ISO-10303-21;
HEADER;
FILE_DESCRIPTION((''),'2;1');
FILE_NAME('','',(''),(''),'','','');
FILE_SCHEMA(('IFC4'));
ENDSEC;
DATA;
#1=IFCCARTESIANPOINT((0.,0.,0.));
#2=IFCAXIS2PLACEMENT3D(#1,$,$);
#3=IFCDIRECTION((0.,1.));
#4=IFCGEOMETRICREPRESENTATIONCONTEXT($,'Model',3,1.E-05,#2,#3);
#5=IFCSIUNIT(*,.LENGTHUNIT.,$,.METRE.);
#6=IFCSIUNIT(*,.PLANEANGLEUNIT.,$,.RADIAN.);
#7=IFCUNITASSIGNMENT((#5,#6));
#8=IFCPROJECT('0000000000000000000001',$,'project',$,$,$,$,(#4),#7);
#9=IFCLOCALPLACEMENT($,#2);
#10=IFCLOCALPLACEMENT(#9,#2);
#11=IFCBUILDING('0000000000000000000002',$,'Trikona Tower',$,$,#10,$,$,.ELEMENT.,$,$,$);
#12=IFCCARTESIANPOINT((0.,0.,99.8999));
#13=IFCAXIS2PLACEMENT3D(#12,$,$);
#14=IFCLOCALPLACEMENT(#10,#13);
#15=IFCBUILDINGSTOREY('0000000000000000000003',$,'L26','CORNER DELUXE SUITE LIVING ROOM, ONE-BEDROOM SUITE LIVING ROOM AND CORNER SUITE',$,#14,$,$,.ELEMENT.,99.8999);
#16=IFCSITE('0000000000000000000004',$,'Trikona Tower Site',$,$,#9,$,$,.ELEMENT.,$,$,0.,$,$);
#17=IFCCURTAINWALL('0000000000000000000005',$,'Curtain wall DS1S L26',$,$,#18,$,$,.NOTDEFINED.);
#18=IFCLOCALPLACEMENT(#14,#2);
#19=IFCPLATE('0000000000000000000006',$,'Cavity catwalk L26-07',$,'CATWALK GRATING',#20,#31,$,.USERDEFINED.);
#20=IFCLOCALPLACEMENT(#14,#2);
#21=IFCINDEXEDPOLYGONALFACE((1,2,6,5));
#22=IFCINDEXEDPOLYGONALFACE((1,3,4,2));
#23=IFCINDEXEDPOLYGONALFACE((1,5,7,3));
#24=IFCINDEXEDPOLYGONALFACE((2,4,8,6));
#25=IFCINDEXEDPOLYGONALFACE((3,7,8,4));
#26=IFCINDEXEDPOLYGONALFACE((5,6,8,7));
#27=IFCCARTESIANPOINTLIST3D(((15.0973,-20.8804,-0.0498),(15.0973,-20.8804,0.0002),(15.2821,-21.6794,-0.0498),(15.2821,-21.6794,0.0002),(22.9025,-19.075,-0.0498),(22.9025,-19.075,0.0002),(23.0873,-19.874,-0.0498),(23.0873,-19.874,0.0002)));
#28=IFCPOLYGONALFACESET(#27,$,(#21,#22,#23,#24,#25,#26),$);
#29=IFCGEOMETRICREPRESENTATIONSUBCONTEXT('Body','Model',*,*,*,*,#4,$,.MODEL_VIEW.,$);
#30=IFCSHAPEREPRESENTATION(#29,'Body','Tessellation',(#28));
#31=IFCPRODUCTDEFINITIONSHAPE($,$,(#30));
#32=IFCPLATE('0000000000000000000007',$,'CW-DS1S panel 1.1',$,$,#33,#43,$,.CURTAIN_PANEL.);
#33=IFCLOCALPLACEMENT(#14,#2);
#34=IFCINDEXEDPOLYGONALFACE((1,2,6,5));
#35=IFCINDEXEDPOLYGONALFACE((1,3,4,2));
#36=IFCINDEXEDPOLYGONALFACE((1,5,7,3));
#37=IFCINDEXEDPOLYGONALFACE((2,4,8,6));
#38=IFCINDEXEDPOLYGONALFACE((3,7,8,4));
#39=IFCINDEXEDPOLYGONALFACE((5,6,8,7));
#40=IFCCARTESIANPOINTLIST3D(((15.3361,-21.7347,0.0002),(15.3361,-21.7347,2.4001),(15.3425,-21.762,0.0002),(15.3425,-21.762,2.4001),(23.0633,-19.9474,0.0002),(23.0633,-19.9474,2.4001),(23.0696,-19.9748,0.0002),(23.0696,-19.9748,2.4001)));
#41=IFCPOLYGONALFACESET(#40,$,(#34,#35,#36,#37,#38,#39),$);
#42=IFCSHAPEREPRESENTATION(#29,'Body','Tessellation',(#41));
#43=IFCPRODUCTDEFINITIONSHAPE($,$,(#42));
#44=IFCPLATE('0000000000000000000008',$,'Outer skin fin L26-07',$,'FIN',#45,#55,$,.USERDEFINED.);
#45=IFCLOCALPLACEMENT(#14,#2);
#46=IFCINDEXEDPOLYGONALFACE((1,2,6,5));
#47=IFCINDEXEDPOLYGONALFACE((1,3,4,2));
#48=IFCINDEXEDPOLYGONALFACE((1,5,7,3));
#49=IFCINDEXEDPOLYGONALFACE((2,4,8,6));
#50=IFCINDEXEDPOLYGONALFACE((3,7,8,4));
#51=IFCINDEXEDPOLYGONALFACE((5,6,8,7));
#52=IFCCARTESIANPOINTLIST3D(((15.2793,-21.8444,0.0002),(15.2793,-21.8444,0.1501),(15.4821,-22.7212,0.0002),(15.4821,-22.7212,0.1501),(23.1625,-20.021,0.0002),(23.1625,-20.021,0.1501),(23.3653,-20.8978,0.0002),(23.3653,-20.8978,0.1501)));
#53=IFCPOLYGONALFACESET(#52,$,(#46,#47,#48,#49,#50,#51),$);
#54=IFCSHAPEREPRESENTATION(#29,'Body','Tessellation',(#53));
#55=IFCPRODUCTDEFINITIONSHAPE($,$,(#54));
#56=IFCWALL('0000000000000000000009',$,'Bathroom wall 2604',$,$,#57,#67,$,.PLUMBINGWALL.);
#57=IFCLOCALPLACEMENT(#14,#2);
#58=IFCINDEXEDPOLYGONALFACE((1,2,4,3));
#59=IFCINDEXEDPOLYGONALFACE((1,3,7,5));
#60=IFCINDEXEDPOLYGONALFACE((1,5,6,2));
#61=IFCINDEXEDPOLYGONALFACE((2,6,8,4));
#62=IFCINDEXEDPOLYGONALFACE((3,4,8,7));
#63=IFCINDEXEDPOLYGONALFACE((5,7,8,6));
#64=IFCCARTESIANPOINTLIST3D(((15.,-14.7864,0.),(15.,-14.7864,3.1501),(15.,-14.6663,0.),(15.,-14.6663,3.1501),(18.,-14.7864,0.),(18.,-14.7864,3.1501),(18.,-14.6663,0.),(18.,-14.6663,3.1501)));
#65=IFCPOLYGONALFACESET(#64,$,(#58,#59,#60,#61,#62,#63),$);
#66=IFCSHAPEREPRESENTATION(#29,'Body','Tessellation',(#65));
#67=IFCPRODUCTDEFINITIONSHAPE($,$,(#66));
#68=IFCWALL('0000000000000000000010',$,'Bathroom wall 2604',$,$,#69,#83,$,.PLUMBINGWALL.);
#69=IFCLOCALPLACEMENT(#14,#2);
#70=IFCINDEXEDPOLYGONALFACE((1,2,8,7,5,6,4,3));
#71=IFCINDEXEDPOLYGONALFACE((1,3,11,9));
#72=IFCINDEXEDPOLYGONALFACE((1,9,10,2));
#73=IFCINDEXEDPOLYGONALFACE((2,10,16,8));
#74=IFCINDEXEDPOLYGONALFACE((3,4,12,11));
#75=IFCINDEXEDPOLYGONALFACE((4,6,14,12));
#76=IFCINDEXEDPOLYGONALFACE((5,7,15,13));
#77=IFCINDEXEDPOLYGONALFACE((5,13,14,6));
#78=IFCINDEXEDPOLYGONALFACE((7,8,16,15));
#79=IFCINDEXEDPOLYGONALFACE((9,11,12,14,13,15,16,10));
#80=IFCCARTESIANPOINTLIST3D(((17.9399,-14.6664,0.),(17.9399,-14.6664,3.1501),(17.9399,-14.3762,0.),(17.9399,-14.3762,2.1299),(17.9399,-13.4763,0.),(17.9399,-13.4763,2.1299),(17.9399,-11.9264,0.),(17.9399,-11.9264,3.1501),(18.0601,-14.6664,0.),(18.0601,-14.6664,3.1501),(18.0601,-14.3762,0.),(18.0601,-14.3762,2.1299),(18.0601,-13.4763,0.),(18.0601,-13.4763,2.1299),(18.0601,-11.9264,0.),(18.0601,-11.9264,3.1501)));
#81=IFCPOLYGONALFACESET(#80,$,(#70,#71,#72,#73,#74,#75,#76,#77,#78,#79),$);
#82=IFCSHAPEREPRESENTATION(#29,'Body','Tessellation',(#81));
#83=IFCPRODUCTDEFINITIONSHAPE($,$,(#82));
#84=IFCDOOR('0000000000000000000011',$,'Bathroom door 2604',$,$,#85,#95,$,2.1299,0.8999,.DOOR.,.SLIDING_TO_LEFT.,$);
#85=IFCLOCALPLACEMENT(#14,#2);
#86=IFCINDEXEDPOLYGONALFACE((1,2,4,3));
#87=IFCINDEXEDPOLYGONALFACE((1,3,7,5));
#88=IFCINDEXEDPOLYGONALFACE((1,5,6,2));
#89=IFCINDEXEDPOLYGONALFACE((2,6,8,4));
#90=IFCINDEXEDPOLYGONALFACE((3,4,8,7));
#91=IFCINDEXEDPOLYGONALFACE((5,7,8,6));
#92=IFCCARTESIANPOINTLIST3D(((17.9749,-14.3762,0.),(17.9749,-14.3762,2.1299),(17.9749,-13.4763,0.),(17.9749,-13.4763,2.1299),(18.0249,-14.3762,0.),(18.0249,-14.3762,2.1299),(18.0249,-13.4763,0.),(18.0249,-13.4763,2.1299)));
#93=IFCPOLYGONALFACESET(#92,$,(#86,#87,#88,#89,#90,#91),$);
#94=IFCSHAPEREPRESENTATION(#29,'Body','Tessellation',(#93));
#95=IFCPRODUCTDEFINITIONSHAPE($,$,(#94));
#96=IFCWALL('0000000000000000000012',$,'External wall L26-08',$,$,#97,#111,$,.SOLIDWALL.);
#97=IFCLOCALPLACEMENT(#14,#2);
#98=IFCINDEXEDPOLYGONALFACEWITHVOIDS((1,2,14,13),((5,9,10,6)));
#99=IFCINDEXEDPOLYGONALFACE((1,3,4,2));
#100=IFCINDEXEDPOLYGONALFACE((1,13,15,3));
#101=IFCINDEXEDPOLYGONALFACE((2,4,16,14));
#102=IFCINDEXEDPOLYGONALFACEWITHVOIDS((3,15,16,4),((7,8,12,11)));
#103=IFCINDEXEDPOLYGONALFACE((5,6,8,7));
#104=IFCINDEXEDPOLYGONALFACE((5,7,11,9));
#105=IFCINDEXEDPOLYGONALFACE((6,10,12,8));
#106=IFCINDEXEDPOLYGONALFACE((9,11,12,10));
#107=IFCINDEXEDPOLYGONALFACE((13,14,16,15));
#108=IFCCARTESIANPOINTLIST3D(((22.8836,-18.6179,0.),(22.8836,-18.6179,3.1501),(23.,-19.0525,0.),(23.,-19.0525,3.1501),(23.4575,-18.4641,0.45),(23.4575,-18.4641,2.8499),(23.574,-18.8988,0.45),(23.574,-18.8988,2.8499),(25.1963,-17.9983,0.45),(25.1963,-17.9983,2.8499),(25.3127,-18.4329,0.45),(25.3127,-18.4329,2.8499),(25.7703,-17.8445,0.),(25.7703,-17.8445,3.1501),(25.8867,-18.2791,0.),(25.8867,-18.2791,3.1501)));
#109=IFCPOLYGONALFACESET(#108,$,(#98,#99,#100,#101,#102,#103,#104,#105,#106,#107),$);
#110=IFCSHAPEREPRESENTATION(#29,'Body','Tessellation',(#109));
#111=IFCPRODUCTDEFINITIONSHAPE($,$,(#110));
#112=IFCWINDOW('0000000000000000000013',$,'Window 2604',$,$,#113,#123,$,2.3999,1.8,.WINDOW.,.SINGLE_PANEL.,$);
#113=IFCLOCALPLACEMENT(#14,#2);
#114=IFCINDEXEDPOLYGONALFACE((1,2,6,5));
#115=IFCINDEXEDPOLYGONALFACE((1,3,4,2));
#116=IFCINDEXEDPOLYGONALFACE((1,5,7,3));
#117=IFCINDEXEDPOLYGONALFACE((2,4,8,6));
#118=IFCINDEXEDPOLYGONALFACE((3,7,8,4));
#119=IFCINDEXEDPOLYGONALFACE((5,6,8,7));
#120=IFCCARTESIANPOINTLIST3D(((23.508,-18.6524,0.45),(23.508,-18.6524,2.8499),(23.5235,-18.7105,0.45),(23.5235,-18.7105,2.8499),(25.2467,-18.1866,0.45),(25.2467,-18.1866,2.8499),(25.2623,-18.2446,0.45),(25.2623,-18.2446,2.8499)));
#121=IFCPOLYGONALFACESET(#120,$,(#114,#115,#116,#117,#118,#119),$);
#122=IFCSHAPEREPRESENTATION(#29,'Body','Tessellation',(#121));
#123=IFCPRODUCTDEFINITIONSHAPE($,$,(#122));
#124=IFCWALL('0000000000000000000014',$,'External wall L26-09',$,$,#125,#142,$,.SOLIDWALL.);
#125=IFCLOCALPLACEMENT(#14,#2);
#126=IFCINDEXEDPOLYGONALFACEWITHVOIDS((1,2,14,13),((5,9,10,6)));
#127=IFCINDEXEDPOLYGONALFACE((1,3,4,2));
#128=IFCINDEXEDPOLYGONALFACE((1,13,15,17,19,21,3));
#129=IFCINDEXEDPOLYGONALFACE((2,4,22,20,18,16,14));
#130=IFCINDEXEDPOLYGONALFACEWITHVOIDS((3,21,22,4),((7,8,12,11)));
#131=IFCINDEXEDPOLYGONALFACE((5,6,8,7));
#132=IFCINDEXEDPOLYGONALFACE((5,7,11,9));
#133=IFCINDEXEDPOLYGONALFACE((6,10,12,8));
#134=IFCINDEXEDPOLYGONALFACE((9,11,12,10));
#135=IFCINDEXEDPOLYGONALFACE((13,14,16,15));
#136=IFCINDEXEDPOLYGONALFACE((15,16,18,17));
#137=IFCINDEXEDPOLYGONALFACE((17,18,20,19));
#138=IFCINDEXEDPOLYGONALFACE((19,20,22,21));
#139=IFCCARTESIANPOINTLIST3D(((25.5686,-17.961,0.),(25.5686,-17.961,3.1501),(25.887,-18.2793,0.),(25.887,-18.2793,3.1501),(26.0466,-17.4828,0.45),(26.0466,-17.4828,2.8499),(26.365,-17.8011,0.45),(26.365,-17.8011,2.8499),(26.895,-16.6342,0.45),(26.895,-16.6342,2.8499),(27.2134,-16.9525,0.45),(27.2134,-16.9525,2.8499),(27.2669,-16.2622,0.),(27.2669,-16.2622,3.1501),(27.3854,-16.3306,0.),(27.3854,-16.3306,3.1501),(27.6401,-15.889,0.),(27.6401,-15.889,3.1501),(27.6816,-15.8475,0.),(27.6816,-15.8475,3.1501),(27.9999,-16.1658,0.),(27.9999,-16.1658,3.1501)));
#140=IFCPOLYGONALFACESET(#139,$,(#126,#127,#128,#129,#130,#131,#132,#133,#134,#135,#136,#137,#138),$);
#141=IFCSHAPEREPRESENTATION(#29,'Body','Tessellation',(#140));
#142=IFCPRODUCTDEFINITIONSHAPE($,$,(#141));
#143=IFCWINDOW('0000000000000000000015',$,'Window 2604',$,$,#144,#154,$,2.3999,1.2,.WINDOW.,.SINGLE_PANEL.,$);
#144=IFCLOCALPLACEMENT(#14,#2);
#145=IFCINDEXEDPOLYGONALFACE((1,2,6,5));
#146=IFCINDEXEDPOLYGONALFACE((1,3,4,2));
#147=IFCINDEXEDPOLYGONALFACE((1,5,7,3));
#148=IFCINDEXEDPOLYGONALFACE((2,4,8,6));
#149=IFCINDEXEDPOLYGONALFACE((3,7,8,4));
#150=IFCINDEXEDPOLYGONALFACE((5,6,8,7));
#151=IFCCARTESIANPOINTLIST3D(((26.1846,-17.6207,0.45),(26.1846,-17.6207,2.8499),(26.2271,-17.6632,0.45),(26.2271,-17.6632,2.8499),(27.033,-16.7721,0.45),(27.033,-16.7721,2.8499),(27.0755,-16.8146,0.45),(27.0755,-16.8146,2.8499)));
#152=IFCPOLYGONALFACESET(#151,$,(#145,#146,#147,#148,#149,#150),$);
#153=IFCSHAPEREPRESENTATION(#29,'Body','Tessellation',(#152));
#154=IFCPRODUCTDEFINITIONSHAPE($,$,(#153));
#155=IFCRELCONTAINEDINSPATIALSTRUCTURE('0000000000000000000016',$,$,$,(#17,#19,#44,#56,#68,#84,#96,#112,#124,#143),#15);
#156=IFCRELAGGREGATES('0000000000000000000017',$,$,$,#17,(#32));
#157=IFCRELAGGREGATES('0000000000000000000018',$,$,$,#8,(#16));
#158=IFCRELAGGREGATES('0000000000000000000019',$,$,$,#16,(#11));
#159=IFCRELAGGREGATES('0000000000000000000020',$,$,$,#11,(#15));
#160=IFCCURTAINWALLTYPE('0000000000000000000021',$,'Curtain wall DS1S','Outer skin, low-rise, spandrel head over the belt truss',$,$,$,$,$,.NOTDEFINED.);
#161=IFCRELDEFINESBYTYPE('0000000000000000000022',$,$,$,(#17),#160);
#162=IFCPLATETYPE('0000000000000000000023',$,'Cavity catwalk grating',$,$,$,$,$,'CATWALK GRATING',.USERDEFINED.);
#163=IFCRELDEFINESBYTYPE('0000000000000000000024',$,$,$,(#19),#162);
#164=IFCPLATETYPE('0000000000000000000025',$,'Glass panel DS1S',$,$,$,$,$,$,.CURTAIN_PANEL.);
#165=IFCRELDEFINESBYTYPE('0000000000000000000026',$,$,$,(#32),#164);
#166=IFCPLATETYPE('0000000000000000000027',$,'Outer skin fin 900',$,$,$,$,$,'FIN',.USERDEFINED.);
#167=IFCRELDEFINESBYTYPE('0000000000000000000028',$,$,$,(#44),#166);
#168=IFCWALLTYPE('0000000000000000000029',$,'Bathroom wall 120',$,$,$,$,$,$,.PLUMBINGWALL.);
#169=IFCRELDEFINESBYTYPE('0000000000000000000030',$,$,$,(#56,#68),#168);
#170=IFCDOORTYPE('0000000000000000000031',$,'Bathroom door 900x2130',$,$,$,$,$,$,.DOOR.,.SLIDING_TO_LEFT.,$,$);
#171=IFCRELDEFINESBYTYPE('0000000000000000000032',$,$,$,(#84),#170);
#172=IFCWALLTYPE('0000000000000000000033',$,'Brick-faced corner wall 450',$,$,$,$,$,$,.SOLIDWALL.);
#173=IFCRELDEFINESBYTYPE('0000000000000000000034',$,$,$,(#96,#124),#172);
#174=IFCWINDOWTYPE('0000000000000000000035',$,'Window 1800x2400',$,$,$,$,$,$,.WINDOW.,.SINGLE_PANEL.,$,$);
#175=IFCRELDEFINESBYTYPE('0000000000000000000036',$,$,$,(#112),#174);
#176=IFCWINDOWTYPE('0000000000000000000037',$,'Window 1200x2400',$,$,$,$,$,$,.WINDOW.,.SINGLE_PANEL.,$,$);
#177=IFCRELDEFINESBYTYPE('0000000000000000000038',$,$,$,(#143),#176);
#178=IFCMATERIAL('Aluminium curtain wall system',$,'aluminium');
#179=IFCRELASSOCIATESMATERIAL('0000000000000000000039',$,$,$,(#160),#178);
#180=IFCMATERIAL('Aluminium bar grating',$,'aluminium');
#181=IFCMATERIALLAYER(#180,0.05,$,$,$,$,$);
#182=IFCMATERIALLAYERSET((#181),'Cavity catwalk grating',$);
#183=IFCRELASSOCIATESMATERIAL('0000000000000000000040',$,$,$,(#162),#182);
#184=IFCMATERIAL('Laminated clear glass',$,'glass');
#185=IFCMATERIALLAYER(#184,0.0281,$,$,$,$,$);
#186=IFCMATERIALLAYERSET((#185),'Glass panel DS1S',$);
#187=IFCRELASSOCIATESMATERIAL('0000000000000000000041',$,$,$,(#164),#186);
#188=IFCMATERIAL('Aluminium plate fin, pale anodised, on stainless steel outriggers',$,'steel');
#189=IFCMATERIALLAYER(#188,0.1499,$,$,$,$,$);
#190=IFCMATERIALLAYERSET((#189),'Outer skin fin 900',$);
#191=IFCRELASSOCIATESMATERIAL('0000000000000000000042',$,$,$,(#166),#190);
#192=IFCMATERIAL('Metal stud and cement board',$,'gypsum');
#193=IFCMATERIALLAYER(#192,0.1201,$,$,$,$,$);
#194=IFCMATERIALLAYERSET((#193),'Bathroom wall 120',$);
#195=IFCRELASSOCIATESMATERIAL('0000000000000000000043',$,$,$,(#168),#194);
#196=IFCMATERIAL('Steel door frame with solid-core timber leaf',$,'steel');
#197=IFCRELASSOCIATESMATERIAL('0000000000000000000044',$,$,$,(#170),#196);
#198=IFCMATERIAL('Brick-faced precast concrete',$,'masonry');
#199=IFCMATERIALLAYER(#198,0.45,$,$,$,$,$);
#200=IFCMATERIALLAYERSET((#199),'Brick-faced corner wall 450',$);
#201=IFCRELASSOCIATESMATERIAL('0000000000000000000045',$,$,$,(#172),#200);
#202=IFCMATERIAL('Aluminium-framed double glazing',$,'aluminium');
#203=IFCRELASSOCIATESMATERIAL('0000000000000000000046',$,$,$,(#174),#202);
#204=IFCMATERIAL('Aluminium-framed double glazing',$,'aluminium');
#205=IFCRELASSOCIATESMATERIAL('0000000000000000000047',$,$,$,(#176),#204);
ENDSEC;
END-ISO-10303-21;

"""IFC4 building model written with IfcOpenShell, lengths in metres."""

from ifc_helpers import new_model, si_unit, direction, frame, frame_2d, origin, origin_2d, place, context, subcontext, project, spatial, polyline, rectangle, outline, extrude, material, layer, layer_set, type_object, element, fill, aggregate, save


model = new_model("IFC4")

# Units and contexts
model_context = context("Model", 3, precision=1e-05, world=origin(), true_north=direction((0.0, 1.0)))
body_context = subcontext(model_context, "Body", "Model", "MODEL_VIEW")
ifc_project = project(units=[si_unit("LENGTHUNIT", "METRE"), si_unit("PLANEANGLEUNIT", "RADIAN")], contexts=[model_context])

# Site, building, storey
site_placement = place(None, origin())
site = spatial("IfcSite", under=ifc_project, at=site_placement, Name="Trikona Tower Site", CompositionType="ELEMENT", RefElevation=0.0)
building_placement = place(site_placement, origin())
building = spatial("IfcBuilding", under=site, at=building_placement, Name="Trikona Tower", CompositionType="ELEMENT")
storey_placement = place(building_placement, frame((0.0, 0.0, 99.8999)))
storey = spatial("IfcBuildingStorey", under=building, at=storey_placement, Name="L26", Description="CORNER DELUXE SUITE LIVING ROOM, ONE-BEDROOM SUITE LIVING ROOM AND CORNER SUITE", CompositionType="ELEMENT", Elevation=99.8999)

# Shared definitions
ifc_material_1 = material(Name="Aluminium curtain wall system", Category="aluminium")
curtain_wall_type = type_object("IfcCurtainWallType", Name="Curtain wall DS1S", Description="Outer skin, low-rise, spandrel head over the belt truss", PredefinedType="NOTDEFINED", material=ifc_material_1)

# Curtain wall
curtain_wall_1_placement = place(storey_placement, origin())
curtain_wall_1 = element("IfcCurtainWall", 1, at=curtain_wall_1_placement, inside=storey, type_object=curtain_wall_type, Name="Curtain wall DS1S L26", PredefinedType="NOTDEFINED")

# Plates
ifc_material_2 = material(Name="Aluminium bar grating", Category="aluminium")
ifc_layer_1 = layer(ifc_material_2, 0.05)
ifc_layer_set_1 = layer_set([ifc_layer_1], Name="Cavity catwalk grating")
plate_type_1 = type_object("IfcPlateType", Name="Cavity catwalk grating", ElementType="CATWALK GRATING", PredefinedType="USERDEFINED", material=ifc_layer_set_1)
plate_1_placement = place(storey_placement, frame((19.0923, -20.3772, -0.0498), z_axis=(0.0, 0.0, 1.0), x_axis=(0.974278, 0.225351, 0.0)))
element("IfcPlate", 2, at=plate_1_placement, inside=storey, type_object=plate_type_1, Name="Cavity catwalk L26-07", ObjectType="CATWALK GRATING", PredefinedType="USERDEFINED", context=body_context, shape_type="SweptSolid", body=[
    extrude(rectangle(XDim=8.0112, YDim=0.8201, at=origin_2d()), origin(), (0.0, 0.0, 1.0), 0.05),
])
ifc_material_3 = material(Name="Laminated clear glass", Category="glass")
ifc_layer_2 = layer(ifc_material_3, 0.0281)
ifc_layer_set_2 = layer_set([ifc_layer_2], Name="Glass panel DS1S")
plate_type_2 = type_object("IfcPlateType", Name="Glass panel DS1S", PredefinedType="CURTAIN_PANEL", material=ifc_layer_set_2)
plate_2_placement = place(storey_placement, frame((19.2029, -20.8547, 0.0002), z_axis=(0.0, 0.0, 1.0), x_axis=(0.974279, 0.225343, 0.0)))
plate_2 = element("IfcPlate", 3, at=plate_2_placement, type_object=plate_type_2, Name="CW-DS1S panel 1.1", PredefinedType="CURTAIN_PANEL", context=body_context, shape_type="SweptSolid", body=[
    extrude(rectangle(XDim=7.9312, YDim=0.0281, at=origin_2d()), origin(), (0.0, 0.0, 1.0), 2.3999),
])
aggregate(curtain_wall_1, [plate_2])
ifc_material_4 = material(Name="Aluminium plate fin, pale anodised, on stainless steel outriggers", Category="steel")
ifc_layer_3 = layer(ifc_material_4, 0.1499)
ifc_layer_set_3 = layer_set([ifc_layer_3], Name="Outer skin fin 900")
plate_type_3 = type_object("IfcPlateType", Name="Outer skin fin 900", ElementType="FIN", PredefinedType="USERDEFINED", material=ifc_layer_set_3)
plate_3_placement = place(storey_placement, frame((19.3223, -21.3711, 0.0002), z_axis=(0.0, 0.0, 1.0), x_axis=(0.974278, 0.225351, 0.0)))
element("IfcPlate", 4, at=plate_3_placement, inside=storey, type_object=plate_type_3, Name="Outer skin fin L26-07", ObjectType="FIN", PredefinedType="USERDEFINED", context=body_context, shape_type="SweptSolid", body=[
    extrude(rectangle(XDim=8.0913, YDim=0.8999, at=origin_2d()), origin(), (0.0, 0.0, 1.0), 0.1499),
])

# Wall
ifc_material_5 = material(Name="Metal stud and cement board", Category="gypsum")
ifc_layer_4 = layer(ifc_material_5, 0.1201)
ifc_layer_set_4 = layer_set([ifc_layer_4], Name="Bathroom wall 120")
wall_type_1 = type_object("IfcWallType", Name="Bathroom wall 120", PredefinedType="PLUMBINGWALL", material=ifc_layer_set_4)
wall_1_placement = place(storey_placement, frame((15.0, -14.7263, 0.0), z_axis=(0.0, 0.0, 1.0), x_axis=(1.0, 0.0, 0.0)))
element("IfcWall", 5, at=wall_1_placement, inside=storey, type_object=wall_type_1, Name="Bathroom wall 2604", PredefinedType="PLUMBINGWALL", context=body_context, shape_type="SweptSolid", body=[
    extrude(rectangle(XDim=3.0, YDim=0.1201, at=frame_2d((1.5, 0.0))), origin(), (0.0, 0.0, 1.0), 3.1501),
])

# Wall, opening, door
wall_2_placement = place(storey_placement, frame((18.0, -11.9263, 0.0), z_axis=(0.0, 0.0, 1.0), x_axis=(0.0, -1.0, 0.0)))
wall_2 = element("IfcWall", 6, at=wall_2_placement, inside=storey, type_object=wall_type_1, Name="Bathroom wall 2604", PredefinedType="PLUMBINGWALL", context=body_context, shape_type="SweptSolid", body=[
    extrude(rectangle(XDim=2.74, YDim=0.1201, at=frame_2d((1.3701, 0.0))), origin(), (0.0, 0.0, 1.0), 3.1501),
])
opening_1_placement = place(wall_2_placement, frame((1.55, 0.0, 0.0)))
opening_1 = element("IfcOpeningElement", 7, at=opening_1_placement, cuts=wall_2, PredefinedType="OPENING", context=body_context, shape_type="SweptSolid", body=[
    extrude(rectangle(XDim=0.8999, YDim=2.1299, at=frame_2d((0.45, 1.0649))), frame((0.0, 0.0701, 0.0), z_axis=(0.0, -1.0, 0.0), x_axis=(1.0, 0.0, 0.0)), (0.0, 0.0, 1.0), 0.1401),
])
ifc_material_6 = material(Name="Steel door frame with solid-core timber leaf", Category="steel")
door_type = type_object("IfcDoorType", Name="Bathroom door 900x2130", OperationType="SLIDING_TO_LEFT", PredefinedType="DOOR", material=ifc_material_6)
door_placement = place(opening_1_placement, origin())
door = element("IfcDoor", 8, at=door_placement, inside=storey, type_object=door_type, Name="Bathroom door 2604", OperationType="SLIDING_TO_LEFT", OverallHeight=2.1299, OverallWidth=0.8999, PredefinedType="DOOR", context=body_context, shape_type="SweptSolid", body=[
    extrude(rectangle(XDim=0.8999, YDim=2.1299, at=frame_2d((0.45, 1.0649))), frame((0.0, 0.0249, 0.0), z_axis=(0.0, -1.0, 0.0), x_axis=(1.0, 0.0, 0.0)), (0.0, 0.0, 1.0), 0.05),
])
fill(opening_1, door)

# Walls, openings, windows
ifc_material_7 = material(Name="Brick-faced precast concrete", Category="masonry")
ifc_layer_5 = layer(ifc_material_7, 0.45)
ifc_layer_set_5 = layer_set([ifc_layer_5], Name="Brick-faced corner wall 450")
wall_type_2 = type_object("IfcWallType", Name="Brick-faced corner wall 450", PredefinedType="SOLIDWALL", material=ifc_layer_set_5)
wall_3_placement = place(storey_placement, frame((22.9419, -18.8352, 0.0), z_axis=(0.0, 0.0, 1.0), x_axis=(0.965931, 0.258801, 0.0)))
wall_3 = element("IfcWall", 9, at=wall_3_placement, inside=storey, type_object=wall_type_2, Name="External wall L26-08", PredefinedType="SOLIDWALL", context=body_context, shape_type="SweptSolid", body=[
    extrude(rectangle(XDim=2.9885, YDim=0.45, at=frame_2d((1.4941, 0.0))), origin(), (0.0, 0.0, 1.0), 3.1501),
])
opening_2_placement = place(wall_3_placement, frame((0.5942, 0.0, 0.45)))
opening_2 = element("IfcOpeningElement", 10, at=opening_2_placement, cuts=wall_3, PredefinedType="OPENING", context=body_context, shape_type="SweptSolid", body=[
    extrude(rectangle(XDim=1.8, YDim=2.3999, at=frame_2d((0.8999, 1.2))), frame((0.0, 0.2349, 0.0), z_axis=(0.0, -1.0, 0.0), x_axis=(1.0, 0.0, 0.0)), (0.0, 0.0, 1.0), 0.47),
])
ifc_material_8 = material(Name="Aluminium-framed double glazing", Category="aluminium")
window_type_1 = type_object("IfcWindowType", Name="Window 1800x2400", PartitioningType="SINGLE_PANEL", PredefinedType="WINDOW", material=ifc_material_8)
window_1_placement = place(opening_2_placement, origin())
window_1 = element("IfcWindow", 11, at=window_1_placement, inside=storey, type_object=window_type_1, Name="Window 2604", OverallHeight=2.3999, OverallWidth=1.8, PartitioningType="SINGLE_PANEL", PredefinedType="WINDOW", context=body_context, shape_type="SweptSolid", body=[
    extrude(rectangle(XDim=1.8, YDim=2.3999, at=frame_2d((0.8999, 1.2))), frame((0.0, 0.03, 0.0), z_axis=(0.0, -1.0, 0.0), x_axis=(1.0, 0.0, 0.0)), (0.0, 0.0, 1.0), 0.0601),
])
fill(opening_2, window_1)
wall_4_placement = place(storey_placement, frame((25.7278, -18.1201, 0.0), z_axis=(0.0, 0.0, 1.0), x_axis=(0.707025, 0.707188, 0.0)))
wall_4 = element("IfcWall", 12, at=wall_4_placement, inside=storey, type_object=wall_type_2, Name="External wall L26-09", PredefinedType="SOLIDWALL", context=body_context, shape_type="SweptSolid", body=[
    extrude(outline(polyline([(2.9885, 0.2251), (2.9299, 0.2251), (2.4375, 0.093), (2.4021, 0.2251), (0.0, 0.2251), (0.0, -0.2251), (2.9885, -0.2251), (2.9885, 0.2251)])), origin(), (0.0, 0.0, 1.0), 3.1501),
])
opening_3_placement = place(wall_4_placement, frame((0.676, 0.0, 0.45)))
opening_3 = element("IfcOpeningElement", 13, at=opening_3_placement, cuts=wall_4, PredefinedType="OPENING", context=body_context, shape_type="SweptSolid", body=[
    extrude(rectangle(XDim=1.2, YDim=2.3999, at=frame_2d((0.6001, 1.2))), frame((0.0, 0.2349, 0.0), z_axis=(0.0, -1.0, 0.0), x_axis=(1.0, 0.0, 0.0)), (0.0, 0.0, 1.0), 0.47),
])
ifc_material_9 = material(Name="Aluminium-framed double glazing", Category="aluminium")
window_type_2 = type_object("IfcWindowType", Name="Window 1200x2400", PartitioningType="SINGLE_PANEL", PredefinedType="WINDOW", material=ifc_material_9)
window_2_placement = place(opening_3_placement, origin())
window_2 = element("IfcWindow", 14, at=window_2_placement, inside=storey, type_object=window_type_2, Name="Window 2604", OverallHeight=2.3999, OverallWidth=1.2, PartitioningType="SINGLE_PANEL", PredefinedType="WINDOW", context=body_context, shape_type="SweptSolid", body=[
    extrude(rectangle(XDim=1.2, YDim=2.3999, at=frame_2d((0.6001, 1.2))), frame((0.0, 0.03, 0.0), z_axis=(0.0, -1.0, 0.0), x_axis=(1.0, 0.0, 0.0)), (0.0, 0.0, 1.0), 0.0601),
])
fill(opening_3, window_2)

save(model, "model.ifc")
